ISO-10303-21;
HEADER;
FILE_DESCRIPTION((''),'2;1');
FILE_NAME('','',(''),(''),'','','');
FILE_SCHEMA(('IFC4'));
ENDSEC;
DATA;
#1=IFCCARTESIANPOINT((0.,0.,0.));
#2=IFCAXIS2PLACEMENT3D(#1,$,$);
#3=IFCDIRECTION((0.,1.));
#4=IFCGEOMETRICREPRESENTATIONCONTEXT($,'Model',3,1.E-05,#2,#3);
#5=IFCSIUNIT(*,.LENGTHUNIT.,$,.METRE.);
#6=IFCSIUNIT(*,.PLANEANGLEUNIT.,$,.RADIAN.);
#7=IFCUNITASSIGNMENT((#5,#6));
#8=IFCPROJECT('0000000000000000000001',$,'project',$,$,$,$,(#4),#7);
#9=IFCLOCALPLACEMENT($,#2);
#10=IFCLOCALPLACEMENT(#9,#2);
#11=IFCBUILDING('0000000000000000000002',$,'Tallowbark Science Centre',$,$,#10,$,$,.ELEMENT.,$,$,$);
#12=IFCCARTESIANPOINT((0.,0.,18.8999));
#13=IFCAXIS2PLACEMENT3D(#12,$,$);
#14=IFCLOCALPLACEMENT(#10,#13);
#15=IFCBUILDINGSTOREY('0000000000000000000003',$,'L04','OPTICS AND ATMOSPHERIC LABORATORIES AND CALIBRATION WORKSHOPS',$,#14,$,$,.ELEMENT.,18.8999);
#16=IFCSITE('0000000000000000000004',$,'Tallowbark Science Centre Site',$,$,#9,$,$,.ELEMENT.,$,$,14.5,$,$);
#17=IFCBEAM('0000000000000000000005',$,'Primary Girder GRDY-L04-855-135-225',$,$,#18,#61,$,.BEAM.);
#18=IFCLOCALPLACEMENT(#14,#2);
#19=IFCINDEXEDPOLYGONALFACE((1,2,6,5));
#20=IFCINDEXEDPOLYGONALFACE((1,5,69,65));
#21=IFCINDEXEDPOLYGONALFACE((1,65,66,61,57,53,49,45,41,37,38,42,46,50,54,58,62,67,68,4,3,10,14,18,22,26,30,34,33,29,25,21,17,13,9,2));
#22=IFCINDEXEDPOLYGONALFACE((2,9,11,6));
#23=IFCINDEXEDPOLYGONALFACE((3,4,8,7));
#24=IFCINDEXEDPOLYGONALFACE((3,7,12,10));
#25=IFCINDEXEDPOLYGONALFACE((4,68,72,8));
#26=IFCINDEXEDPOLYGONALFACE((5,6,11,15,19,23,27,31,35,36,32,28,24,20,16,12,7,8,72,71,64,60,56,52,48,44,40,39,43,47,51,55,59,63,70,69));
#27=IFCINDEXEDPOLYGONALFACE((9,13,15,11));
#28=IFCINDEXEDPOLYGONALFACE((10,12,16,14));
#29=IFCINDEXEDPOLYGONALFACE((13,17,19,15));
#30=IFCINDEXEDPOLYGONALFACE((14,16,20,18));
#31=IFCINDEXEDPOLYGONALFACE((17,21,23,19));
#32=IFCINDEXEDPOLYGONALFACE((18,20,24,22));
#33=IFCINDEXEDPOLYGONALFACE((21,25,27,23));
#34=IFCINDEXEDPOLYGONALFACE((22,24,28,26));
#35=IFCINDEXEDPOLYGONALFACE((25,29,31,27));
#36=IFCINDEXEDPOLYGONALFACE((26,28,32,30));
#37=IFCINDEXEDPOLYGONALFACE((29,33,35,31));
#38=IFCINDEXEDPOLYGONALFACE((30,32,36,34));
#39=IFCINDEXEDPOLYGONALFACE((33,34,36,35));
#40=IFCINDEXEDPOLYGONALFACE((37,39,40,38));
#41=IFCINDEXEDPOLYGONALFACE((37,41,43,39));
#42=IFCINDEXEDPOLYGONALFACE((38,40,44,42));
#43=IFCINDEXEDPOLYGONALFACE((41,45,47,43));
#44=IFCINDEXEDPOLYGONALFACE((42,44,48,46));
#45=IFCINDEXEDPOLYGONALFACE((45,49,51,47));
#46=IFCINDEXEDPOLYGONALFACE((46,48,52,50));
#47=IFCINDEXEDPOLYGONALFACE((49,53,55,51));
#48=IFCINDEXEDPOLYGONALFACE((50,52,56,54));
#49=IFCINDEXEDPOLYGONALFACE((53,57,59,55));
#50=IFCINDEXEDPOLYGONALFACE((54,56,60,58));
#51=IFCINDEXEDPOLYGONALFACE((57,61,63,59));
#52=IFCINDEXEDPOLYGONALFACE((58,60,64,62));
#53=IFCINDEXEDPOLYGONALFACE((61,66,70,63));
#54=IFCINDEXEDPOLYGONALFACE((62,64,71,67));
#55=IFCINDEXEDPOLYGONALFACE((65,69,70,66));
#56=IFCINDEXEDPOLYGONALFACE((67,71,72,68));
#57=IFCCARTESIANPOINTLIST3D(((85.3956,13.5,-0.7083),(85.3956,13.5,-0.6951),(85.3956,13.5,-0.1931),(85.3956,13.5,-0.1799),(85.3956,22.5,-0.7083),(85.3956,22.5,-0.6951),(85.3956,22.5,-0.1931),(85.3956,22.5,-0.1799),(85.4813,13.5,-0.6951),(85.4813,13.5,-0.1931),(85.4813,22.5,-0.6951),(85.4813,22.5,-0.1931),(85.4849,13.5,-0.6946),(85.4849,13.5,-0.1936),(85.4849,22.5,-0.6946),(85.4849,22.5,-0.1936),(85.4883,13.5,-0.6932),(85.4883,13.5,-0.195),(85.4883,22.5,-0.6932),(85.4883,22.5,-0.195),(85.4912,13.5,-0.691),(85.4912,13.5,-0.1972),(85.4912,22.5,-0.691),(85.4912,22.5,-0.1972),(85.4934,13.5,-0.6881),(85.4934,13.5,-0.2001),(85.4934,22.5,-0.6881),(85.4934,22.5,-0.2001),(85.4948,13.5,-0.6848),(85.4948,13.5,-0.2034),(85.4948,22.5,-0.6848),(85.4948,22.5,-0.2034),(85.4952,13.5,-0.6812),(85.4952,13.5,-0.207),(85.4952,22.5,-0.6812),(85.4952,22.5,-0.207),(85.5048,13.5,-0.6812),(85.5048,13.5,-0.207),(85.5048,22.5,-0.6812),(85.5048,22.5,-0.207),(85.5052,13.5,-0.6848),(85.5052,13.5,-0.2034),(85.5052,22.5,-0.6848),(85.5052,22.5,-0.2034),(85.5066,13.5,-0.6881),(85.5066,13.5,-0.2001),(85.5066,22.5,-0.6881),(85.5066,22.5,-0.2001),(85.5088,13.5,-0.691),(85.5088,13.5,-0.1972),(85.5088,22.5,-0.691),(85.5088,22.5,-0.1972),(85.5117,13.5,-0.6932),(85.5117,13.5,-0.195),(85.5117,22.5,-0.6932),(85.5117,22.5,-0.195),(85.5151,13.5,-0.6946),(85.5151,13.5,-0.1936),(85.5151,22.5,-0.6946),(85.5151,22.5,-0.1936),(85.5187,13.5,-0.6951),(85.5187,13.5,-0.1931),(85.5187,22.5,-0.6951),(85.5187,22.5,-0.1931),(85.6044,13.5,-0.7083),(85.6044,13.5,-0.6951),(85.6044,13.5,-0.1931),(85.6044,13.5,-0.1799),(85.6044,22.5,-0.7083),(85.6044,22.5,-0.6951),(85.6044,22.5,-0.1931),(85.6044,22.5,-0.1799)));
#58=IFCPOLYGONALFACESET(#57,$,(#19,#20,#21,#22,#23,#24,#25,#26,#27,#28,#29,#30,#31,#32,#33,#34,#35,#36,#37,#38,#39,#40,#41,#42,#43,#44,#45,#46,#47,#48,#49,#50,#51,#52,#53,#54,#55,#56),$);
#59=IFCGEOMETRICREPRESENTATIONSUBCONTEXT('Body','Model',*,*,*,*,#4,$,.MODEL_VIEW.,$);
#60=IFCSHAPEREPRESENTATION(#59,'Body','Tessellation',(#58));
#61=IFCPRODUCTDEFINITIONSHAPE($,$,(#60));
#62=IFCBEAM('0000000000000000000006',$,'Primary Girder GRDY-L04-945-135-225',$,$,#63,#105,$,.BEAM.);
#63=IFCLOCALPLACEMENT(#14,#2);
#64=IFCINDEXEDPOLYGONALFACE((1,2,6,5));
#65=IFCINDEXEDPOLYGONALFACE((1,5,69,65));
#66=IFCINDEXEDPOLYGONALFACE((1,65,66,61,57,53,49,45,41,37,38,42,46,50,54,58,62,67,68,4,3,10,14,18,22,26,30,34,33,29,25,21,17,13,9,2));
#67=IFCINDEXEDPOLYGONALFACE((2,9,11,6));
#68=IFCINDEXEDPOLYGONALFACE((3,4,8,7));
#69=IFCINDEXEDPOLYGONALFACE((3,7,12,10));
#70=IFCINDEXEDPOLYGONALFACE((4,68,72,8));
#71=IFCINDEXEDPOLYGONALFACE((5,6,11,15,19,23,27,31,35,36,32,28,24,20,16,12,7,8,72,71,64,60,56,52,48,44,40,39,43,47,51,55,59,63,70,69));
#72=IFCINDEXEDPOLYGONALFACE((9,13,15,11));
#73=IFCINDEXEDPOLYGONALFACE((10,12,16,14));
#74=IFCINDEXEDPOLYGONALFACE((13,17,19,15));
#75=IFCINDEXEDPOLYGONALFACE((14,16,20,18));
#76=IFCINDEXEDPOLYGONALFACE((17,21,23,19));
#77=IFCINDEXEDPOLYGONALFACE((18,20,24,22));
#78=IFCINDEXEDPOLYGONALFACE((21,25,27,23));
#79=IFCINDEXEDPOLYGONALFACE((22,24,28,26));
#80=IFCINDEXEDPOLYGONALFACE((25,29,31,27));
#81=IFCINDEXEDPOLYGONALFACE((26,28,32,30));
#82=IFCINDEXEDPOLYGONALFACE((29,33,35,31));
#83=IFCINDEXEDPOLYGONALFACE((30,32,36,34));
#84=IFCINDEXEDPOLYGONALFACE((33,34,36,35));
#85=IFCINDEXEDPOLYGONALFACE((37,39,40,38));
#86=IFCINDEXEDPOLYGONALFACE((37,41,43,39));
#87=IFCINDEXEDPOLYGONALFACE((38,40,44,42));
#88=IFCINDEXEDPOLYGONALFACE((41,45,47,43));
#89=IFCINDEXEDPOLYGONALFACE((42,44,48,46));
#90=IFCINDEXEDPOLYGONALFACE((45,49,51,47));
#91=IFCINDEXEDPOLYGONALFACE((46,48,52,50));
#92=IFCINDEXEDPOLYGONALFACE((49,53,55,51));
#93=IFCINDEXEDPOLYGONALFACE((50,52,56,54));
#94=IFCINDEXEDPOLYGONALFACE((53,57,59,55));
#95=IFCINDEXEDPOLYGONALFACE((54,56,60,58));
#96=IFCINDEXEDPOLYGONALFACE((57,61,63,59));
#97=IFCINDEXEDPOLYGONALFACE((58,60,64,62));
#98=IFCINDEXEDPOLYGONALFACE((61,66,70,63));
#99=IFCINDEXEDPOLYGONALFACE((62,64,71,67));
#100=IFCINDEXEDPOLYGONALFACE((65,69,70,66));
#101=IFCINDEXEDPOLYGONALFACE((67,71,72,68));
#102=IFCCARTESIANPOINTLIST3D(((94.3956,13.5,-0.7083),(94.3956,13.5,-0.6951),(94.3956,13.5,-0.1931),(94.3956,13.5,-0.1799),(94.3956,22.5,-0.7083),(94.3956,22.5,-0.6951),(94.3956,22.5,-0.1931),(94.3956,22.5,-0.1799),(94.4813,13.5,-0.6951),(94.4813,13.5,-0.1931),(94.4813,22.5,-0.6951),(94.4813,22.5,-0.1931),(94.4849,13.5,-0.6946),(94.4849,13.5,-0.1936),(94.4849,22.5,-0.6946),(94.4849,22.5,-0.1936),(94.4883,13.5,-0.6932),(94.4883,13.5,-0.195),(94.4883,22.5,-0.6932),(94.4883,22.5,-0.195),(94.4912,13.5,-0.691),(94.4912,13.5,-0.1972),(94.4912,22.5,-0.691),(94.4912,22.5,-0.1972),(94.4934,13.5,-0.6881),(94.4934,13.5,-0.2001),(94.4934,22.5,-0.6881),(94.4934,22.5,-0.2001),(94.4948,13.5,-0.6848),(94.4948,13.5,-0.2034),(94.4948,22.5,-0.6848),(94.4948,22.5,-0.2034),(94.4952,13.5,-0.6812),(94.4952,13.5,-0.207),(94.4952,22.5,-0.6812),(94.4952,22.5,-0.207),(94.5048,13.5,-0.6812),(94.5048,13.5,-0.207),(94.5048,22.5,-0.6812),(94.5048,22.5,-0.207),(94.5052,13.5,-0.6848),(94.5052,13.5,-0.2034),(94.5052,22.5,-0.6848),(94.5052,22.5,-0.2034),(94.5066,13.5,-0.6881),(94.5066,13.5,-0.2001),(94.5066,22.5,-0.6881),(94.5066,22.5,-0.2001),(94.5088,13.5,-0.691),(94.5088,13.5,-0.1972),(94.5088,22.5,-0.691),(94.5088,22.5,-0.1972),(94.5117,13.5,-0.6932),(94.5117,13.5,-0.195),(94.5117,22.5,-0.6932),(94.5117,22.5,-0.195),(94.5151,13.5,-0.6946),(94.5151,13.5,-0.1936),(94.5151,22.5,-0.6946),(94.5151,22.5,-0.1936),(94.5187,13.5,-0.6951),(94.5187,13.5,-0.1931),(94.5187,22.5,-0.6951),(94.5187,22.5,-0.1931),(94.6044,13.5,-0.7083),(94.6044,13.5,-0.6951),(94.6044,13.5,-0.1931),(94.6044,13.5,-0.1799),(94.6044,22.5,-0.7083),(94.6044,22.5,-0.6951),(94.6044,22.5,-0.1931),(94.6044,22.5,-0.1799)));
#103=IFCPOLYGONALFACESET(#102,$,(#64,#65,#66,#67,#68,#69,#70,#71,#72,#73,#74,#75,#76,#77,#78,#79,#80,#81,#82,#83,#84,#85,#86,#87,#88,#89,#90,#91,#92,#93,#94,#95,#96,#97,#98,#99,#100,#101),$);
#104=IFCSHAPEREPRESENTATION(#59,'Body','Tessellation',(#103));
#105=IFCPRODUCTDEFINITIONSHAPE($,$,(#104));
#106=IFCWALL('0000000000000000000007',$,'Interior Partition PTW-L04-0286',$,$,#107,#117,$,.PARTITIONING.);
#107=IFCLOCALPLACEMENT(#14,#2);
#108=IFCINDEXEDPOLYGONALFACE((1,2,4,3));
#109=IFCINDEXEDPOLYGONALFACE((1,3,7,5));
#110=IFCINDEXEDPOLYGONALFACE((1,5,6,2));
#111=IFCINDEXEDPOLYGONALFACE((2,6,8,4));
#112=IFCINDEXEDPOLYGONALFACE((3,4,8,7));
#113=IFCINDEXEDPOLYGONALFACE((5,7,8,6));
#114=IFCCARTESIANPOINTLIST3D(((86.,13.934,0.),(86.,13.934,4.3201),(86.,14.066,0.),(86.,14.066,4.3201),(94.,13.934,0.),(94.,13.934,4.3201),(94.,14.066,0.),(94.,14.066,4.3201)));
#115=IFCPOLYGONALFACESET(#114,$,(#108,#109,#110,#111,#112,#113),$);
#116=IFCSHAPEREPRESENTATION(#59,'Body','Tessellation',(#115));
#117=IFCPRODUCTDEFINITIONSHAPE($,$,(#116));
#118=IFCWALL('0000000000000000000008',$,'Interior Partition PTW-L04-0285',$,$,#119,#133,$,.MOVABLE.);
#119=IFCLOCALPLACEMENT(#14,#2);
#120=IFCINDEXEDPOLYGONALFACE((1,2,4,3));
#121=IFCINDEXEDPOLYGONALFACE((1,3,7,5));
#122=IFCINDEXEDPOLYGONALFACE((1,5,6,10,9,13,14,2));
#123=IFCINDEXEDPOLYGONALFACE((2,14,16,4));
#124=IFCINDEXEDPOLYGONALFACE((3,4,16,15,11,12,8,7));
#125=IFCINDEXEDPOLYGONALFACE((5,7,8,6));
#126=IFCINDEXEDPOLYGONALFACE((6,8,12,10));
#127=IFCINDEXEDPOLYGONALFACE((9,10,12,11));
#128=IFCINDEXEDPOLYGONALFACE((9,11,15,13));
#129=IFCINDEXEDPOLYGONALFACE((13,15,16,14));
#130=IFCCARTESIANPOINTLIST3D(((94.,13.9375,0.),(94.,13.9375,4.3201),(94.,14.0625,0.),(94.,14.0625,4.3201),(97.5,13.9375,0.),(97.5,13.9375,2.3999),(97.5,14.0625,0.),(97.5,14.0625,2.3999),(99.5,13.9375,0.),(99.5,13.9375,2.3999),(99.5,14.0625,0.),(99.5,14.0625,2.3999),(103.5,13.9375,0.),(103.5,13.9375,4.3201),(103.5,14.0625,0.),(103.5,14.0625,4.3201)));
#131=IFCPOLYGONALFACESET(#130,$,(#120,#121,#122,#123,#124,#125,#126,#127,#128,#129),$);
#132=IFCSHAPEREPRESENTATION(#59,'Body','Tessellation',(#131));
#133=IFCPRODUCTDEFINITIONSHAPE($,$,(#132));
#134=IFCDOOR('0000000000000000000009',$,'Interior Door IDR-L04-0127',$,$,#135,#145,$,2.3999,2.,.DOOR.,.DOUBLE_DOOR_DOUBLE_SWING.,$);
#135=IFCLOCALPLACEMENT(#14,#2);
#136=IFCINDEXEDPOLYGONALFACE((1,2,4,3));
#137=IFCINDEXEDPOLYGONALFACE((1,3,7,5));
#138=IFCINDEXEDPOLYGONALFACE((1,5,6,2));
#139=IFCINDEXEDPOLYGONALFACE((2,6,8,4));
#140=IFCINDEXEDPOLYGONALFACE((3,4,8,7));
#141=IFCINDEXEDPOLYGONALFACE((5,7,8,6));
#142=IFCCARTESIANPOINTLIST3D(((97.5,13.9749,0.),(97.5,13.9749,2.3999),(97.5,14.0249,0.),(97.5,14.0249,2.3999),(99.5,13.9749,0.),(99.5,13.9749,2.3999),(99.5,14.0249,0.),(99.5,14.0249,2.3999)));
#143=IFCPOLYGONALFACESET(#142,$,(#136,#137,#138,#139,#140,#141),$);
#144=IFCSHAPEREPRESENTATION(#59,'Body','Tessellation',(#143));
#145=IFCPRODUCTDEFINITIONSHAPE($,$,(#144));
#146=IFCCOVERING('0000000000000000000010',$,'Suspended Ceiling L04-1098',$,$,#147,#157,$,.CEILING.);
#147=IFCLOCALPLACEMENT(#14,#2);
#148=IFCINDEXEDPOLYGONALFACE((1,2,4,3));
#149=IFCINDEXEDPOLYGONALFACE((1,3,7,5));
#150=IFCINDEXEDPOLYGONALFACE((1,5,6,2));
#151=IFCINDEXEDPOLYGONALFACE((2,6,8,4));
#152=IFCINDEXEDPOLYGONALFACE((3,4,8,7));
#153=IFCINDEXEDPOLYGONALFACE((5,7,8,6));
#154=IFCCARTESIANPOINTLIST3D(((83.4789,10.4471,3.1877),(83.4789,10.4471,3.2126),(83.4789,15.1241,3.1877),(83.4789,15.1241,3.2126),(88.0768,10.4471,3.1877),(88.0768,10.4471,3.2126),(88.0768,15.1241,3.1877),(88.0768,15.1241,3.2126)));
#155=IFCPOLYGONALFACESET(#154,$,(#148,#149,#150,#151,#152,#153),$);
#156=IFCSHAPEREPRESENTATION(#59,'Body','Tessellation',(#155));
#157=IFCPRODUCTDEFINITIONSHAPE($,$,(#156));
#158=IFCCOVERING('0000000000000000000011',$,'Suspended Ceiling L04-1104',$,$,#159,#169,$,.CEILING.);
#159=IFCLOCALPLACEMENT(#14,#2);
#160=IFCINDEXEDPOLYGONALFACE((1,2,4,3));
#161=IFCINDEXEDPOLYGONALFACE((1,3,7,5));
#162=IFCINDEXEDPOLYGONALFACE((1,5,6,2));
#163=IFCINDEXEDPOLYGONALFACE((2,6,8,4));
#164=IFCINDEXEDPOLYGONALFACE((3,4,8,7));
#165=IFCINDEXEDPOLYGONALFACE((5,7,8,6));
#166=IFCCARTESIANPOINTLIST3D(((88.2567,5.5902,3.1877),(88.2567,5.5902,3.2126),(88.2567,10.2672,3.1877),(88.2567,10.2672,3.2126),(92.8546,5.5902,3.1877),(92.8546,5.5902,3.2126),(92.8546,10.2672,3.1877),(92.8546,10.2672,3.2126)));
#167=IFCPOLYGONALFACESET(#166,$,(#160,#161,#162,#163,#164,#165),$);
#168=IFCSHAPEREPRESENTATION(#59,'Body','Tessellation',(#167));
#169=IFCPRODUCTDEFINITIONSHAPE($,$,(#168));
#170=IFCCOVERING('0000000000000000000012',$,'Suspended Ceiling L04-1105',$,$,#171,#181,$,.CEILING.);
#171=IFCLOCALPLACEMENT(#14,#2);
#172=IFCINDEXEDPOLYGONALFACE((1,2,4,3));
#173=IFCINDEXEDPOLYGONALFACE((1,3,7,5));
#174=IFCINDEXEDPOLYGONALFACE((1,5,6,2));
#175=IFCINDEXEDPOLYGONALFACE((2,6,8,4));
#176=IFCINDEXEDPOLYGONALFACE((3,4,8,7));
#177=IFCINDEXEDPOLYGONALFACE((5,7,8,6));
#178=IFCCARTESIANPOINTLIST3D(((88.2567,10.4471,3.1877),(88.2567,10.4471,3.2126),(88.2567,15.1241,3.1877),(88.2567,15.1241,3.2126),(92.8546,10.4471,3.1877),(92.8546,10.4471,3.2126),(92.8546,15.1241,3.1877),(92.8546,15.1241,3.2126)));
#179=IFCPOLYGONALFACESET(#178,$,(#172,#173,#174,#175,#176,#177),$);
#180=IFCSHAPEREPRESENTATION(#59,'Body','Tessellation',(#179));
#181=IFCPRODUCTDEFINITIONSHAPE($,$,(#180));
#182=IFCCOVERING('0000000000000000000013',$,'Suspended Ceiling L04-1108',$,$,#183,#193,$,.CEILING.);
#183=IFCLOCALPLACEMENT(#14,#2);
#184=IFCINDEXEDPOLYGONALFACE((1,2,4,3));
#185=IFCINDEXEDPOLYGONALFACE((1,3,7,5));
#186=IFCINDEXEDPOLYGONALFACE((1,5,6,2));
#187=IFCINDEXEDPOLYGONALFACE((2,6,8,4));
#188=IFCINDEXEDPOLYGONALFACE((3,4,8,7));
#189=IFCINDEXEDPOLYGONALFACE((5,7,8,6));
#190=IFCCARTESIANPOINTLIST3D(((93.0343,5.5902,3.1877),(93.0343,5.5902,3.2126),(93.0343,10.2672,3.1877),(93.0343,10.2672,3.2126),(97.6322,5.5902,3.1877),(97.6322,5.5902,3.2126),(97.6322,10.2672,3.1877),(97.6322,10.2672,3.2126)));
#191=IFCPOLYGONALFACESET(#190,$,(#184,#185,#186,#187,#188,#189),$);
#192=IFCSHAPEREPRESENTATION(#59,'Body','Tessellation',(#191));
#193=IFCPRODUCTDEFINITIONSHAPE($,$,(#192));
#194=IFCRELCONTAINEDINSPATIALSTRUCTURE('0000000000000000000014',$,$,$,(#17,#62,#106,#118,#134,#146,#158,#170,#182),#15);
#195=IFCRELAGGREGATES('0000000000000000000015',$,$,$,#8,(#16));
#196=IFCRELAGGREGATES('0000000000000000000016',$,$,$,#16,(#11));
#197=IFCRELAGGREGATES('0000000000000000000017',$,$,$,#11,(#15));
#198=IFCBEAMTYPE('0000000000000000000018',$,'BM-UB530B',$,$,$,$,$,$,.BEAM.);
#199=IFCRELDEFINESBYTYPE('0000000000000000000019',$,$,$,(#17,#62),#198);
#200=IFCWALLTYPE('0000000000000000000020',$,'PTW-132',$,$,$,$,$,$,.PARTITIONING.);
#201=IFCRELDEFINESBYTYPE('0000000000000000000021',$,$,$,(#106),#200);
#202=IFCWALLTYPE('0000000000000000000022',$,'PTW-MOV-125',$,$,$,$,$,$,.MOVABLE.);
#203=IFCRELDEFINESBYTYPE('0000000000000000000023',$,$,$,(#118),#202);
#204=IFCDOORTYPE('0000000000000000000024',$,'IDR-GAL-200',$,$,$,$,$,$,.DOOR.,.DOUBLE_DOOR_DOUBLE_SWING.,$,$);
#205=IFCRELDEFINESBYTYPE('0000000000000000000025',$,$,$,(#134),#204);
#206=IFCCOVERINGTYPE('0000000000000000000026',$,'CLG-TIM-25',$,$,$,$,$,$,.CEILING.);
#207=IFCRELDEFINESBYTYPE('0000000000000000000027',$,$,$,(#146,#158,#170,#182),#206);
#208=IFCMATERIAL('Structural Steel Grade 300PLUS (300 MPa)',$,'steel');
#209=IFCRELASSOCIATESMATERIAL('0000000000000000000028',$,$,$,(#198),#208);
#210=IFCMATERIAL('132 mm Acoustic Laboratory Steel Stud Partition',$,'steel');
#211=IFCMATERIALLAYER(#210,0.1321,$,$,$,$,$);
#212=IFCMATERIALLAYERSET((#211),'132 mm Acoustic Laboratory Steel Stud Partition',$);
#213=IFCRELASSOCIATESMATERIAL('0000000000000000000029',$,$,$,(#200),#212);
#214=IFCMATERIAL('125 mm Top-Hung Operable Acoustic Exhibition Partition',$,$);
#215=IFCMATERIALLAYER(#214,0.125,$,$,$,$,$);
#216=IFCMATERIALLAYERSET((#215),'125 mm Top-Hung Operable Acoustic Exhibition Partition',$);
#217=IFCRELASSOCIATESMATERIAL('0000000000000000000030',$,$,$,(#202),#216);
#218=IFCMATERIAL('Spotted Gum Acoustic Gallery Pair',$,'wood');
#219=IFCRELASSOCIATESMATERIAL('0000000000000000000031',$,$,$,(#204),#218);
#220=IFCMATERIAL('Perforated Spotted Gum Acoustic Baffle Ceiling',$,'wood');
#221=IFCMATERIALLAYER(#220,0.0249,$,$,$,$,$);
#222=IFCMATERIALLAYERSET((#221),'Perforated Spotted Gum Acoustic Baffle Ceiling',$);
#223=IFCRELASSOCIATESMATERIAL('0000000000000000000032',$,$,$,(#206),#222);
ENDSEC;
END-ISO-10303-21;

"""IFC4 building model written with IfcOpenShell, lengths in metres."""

from ifc_helpers import new_model, si_unit, direction, frame, frame_2d, origin, origin_2d, place, context, subcontext, project, spatial, rectangle, i_section, extrude, material, layer, layer_set, material_profile, profile_set, type_object, element, fill, save


model = new_model("IFC4")

# Units and contexts
model_context = context("Model", 3, precision=1e-05, world=origin(), true_north=direction((0.0, 1.0)))
body_context = subcontext(model_context, "Body", "Model", "MODEL_VIEW")
ifc_project = project(units=[si_unit("LENGTHUNIT", "METRE"), si_unit("PLANEANGLEUNIT", "RADIAN")], contexts=[model_context])

# Site, building, storey
site_placement = place(None, origin())
site = spatial("IfcSite", under=ifc_project, at=site_placement, Name="Tallowbark Science Centre Site", CompositionType="ELEMENT", RefElevation=14.5)
building_placement = place(site_placement, origin())
building = spatial("IfcBuilding", under=site, at=building_placement, Name="Tallowbark Science Centre", CompositionType="ELEMENT")
storey_placement = place(building_placement, frame((0.0, 0.0, 18.8999)))
storey = spatial("IfcBuildingStorey", under=building, at=storey_placement, Name="L04", Description="OPTICS AND ATMOSPHERIC LABORATORIES AND CALIBRATION WORKSHOPS", CompositionType="ELEMENT", Elevation=18.8999)

# Shared definitions
ifc_material_1 = material(Name="Structural Steel Grade 300PLUS (300 MPa)", Category="steel")

# Beams
ifc_material_profile_1 = material_profile(ifc_material_1, i_section(OverallWidth=0.2087, OverallDepth=0.5283, WebThickness=0.0095, FlangeThickness=0.0132, FilletRadius=0.0139, at=origin_2d()), Name="530UB82.0")
ifc_profile_set_1 = profile_set([ifc_material_profile_1], Name="Structural Steel Grade 300PLUS (300 MPa)")
beam_type_1 = type_object("IfcBeamType", Name="BM-UB530B", PredefinedType="BEAM", material=ifc_profile_set_1)
for number, where, z_axis, x_axis, name in (
    (1, (85.5, 13.5, -0.4441), (0.0, 1.0, 0.0), (-1.0, 0.0, 0.0), "Primary Girder GRDY-L04-855-135-225"),
    (2, (94.5, 13.5, -0.4441), (0.0, 1.0, 0.0), (-1.0, 0.0, 0.0), "Primary Girder GRDY-L04-945-135-225"),
):
    element("IfcBeam", number, at=place(storey_placement, frame(where, z_axis=z_axis, x_axis=x_axis)), inside=storey, type_object=beam_type_1, Name=name, PredefinedType="BEAM", context=body_context, shape_type="SweptSolid", body=[
        extrude(i_section(OverallWidth=0.2087, OverallDepth=0.5283, WebThickness=0.0095, FlangeThickness=0.0132, FilletRadius=0.0139, at=origin_2d()), origin(), (0.0, 0.0, 1.0), 9.0),
    ])

# Wall
ifc_material_2 = material(Name="132 mm Acoustic Laboratory Steel Stud Partition", Category="steel")
ifc_layer_1 = layer(ifc_material_2, 0.1321)
ifc_layer_set_1 = layer_set([ifc_layer_1], Name="132 mm Acoustic Laboratory Steel Stud Partition")
wall_type_1 = type_object("IfcWallType", Name="PTW-132", PredefinedType="PARTITIONING", material=ifc_layer_set_1)
wall_1_placement = place(storey_placement, frame((86.0, 14.0, 0.0), z_axis=(0.0, 0.0, 1.0), x_axis=(1.0, 0.0, 0.0)))
element("IfcWall", 3, at=wall_1_placement, inside=storey, type_object=wall_type_1, Name="Interior Partition PTW-L04-0286", PredefinedType="PARTITIONING", context=body_context, shape_type="SweptSolid", body=[
    extrude(rectangle(XDim=8.0, YDim=0.1321, at=frame_2d((4.0, 0.0))), origin(), (0.0, 0.0, 1.0), 4.3201),
])

# Wall, opening, door
ifc_material_3 = material(Name="125 mm Top-Hung Operable Acoustic Exhibition Partition")
ifc_layer_2 = layer(ifc_material_3, 0.125)
ifc_layer_set_2 = layer_set([ifc_layer_2], Name="125 mm Top-Hung Operable Acoustic Exhibition Partition")
wall_type_2 = type_object("IfcWallType", Name="PTW-MOV-125", PredefinedType="MOVABLE", material=ifc_layer_set_2)
wall_2_placement = place(storey_placement, frame((94.0, 14.0, 0.0), z_axis=(0.0, 0.0, 1.0), x_axis=(1.0, 0.0, 0.0)))
wall_2 = element("IfcWall", 4, at=wall_2_placement, inside=storey, type_object=wall_type_2, Name="Interior Partition PTW-L04-0285", PredefinedType="MOVABLE", context=body_context, shape_type="SweptSolid", body=[
    extrude(rectangle(XDim=9.5, YDim=0.125, at=frame_2d((4.75, 0.0))), origin(), (0.0, 0.0, 1.0), 4.3201),
])
opening_placement = place(wall_2_placement, frame((3.5, 0.0, 0.0)))
opening = element("IfcOpeningElement", 5, at=opening_placement, cuts=wall_2, PredefinedType="OPENING", context=body_context, shape_type="SweptSolid", body=[
    extrude(rectangle(XDim=2.0, YDim=2.3999, at=frame_2d((1.0, 1.2))), frame((0.0, 0.0725, 0.0), z_axis=(0.0, -1.0, 0.0), x_axis=(1.0, 0.0, 0.0)), (0.0, 0.0, 1.0), 0.145),
])
ifc_material_4 = material(Name="Spotted Gum Acoustic Gallery Pair", Category="wood")
door_type = type_object("IfcDoorType", Name="IDR-GAL-200", OperationType="DOUBLE_DOOR_DOUBLE_SWING", PredefinedType="DOOR", material=ifc_material_4)
door_placement = place(opening_placement, origin())
door = element("IfcDoor", 6, at=door_placement, inside=storey, type_object=door_type, Name="Interior Door IDR-L04-0127", OperationType="DOUBLE_DOOR_DOUBLE_SWING", OverallHeight=2.3999, OverallWidth=2.0, PredefinedType="DOOR", context=body_context, shape_type="SweptSolid", body=[
    extrude(rectangle(XDim=2.0, YDim=2.3999, at=frame_2d((1.0, 1.2))), frame((0.0, 0.0249, 0.0), z_axis=(0.0, -1.0, 0.0), x_axis=(1.0, 0.0, 0.0)), (0.0, 0.0, 1.0), 0.05),
])
fill(opening, door)

# Coverings
ifc_material_5 = material(Name="Perforated Spotted Gum Acoustic Baffle Ceiling", Category="wood")
ifc_layer_3 = layer(ifc_material_5, 0.0249)
ifc_layer_set_3 = layer_set([ifc_layer_3], Name="Perforated Spotted Gum Acoustic Baffle Ceiling")
covering_type_1 = type_object("IfcCoveringType", Name="CLG-TIM-25", PredefinedType="CEILING", material=ifc_layer_set_3)
for number, where, z_axis, x_axis, name in (
    (7, (85.7778, 12.7856, 3.1877), (0.0, 0.0, 1.0), (1.0, 0.0, 0.0), "Suspended Ceiling L04-1098"),
    (8, (90.5557, 7.9287, 3.1877), (0.0, 0.0, 1.0), (1.0, 0.0, 0.0), "Suspended Ceiling L04-1104"),
    (9, (90.5557, 12.7856, 3.1877), (0.0, 0.0, 1.0), (1.0, 0.0, 0.0), "Suspended Ceiling L04-1105"),
    (10, (95.3333, 7.9287, 3.1877), (0.0, 0.0, 1.0), (1.0, 0.0, 0.0), "Suspended Ceiling L04-1108"),
):
    element("IfcCovering", number, at=place(storey_placement, frame(where, z_axis=z_axis, x_axis=x_axis)), inside=storey, type_object=covering_type_1, Name=name, PredefinedType="CEILING", context=body_context, shape_type="SweptSolid", body=[
        extrude(rectangle(XDim=4.5979, YDim=4.677, at=origin_2d()), origin(), (0.0, 0.0, 1.0), 0.0249),
    ])

save(model, "model.ifc")
